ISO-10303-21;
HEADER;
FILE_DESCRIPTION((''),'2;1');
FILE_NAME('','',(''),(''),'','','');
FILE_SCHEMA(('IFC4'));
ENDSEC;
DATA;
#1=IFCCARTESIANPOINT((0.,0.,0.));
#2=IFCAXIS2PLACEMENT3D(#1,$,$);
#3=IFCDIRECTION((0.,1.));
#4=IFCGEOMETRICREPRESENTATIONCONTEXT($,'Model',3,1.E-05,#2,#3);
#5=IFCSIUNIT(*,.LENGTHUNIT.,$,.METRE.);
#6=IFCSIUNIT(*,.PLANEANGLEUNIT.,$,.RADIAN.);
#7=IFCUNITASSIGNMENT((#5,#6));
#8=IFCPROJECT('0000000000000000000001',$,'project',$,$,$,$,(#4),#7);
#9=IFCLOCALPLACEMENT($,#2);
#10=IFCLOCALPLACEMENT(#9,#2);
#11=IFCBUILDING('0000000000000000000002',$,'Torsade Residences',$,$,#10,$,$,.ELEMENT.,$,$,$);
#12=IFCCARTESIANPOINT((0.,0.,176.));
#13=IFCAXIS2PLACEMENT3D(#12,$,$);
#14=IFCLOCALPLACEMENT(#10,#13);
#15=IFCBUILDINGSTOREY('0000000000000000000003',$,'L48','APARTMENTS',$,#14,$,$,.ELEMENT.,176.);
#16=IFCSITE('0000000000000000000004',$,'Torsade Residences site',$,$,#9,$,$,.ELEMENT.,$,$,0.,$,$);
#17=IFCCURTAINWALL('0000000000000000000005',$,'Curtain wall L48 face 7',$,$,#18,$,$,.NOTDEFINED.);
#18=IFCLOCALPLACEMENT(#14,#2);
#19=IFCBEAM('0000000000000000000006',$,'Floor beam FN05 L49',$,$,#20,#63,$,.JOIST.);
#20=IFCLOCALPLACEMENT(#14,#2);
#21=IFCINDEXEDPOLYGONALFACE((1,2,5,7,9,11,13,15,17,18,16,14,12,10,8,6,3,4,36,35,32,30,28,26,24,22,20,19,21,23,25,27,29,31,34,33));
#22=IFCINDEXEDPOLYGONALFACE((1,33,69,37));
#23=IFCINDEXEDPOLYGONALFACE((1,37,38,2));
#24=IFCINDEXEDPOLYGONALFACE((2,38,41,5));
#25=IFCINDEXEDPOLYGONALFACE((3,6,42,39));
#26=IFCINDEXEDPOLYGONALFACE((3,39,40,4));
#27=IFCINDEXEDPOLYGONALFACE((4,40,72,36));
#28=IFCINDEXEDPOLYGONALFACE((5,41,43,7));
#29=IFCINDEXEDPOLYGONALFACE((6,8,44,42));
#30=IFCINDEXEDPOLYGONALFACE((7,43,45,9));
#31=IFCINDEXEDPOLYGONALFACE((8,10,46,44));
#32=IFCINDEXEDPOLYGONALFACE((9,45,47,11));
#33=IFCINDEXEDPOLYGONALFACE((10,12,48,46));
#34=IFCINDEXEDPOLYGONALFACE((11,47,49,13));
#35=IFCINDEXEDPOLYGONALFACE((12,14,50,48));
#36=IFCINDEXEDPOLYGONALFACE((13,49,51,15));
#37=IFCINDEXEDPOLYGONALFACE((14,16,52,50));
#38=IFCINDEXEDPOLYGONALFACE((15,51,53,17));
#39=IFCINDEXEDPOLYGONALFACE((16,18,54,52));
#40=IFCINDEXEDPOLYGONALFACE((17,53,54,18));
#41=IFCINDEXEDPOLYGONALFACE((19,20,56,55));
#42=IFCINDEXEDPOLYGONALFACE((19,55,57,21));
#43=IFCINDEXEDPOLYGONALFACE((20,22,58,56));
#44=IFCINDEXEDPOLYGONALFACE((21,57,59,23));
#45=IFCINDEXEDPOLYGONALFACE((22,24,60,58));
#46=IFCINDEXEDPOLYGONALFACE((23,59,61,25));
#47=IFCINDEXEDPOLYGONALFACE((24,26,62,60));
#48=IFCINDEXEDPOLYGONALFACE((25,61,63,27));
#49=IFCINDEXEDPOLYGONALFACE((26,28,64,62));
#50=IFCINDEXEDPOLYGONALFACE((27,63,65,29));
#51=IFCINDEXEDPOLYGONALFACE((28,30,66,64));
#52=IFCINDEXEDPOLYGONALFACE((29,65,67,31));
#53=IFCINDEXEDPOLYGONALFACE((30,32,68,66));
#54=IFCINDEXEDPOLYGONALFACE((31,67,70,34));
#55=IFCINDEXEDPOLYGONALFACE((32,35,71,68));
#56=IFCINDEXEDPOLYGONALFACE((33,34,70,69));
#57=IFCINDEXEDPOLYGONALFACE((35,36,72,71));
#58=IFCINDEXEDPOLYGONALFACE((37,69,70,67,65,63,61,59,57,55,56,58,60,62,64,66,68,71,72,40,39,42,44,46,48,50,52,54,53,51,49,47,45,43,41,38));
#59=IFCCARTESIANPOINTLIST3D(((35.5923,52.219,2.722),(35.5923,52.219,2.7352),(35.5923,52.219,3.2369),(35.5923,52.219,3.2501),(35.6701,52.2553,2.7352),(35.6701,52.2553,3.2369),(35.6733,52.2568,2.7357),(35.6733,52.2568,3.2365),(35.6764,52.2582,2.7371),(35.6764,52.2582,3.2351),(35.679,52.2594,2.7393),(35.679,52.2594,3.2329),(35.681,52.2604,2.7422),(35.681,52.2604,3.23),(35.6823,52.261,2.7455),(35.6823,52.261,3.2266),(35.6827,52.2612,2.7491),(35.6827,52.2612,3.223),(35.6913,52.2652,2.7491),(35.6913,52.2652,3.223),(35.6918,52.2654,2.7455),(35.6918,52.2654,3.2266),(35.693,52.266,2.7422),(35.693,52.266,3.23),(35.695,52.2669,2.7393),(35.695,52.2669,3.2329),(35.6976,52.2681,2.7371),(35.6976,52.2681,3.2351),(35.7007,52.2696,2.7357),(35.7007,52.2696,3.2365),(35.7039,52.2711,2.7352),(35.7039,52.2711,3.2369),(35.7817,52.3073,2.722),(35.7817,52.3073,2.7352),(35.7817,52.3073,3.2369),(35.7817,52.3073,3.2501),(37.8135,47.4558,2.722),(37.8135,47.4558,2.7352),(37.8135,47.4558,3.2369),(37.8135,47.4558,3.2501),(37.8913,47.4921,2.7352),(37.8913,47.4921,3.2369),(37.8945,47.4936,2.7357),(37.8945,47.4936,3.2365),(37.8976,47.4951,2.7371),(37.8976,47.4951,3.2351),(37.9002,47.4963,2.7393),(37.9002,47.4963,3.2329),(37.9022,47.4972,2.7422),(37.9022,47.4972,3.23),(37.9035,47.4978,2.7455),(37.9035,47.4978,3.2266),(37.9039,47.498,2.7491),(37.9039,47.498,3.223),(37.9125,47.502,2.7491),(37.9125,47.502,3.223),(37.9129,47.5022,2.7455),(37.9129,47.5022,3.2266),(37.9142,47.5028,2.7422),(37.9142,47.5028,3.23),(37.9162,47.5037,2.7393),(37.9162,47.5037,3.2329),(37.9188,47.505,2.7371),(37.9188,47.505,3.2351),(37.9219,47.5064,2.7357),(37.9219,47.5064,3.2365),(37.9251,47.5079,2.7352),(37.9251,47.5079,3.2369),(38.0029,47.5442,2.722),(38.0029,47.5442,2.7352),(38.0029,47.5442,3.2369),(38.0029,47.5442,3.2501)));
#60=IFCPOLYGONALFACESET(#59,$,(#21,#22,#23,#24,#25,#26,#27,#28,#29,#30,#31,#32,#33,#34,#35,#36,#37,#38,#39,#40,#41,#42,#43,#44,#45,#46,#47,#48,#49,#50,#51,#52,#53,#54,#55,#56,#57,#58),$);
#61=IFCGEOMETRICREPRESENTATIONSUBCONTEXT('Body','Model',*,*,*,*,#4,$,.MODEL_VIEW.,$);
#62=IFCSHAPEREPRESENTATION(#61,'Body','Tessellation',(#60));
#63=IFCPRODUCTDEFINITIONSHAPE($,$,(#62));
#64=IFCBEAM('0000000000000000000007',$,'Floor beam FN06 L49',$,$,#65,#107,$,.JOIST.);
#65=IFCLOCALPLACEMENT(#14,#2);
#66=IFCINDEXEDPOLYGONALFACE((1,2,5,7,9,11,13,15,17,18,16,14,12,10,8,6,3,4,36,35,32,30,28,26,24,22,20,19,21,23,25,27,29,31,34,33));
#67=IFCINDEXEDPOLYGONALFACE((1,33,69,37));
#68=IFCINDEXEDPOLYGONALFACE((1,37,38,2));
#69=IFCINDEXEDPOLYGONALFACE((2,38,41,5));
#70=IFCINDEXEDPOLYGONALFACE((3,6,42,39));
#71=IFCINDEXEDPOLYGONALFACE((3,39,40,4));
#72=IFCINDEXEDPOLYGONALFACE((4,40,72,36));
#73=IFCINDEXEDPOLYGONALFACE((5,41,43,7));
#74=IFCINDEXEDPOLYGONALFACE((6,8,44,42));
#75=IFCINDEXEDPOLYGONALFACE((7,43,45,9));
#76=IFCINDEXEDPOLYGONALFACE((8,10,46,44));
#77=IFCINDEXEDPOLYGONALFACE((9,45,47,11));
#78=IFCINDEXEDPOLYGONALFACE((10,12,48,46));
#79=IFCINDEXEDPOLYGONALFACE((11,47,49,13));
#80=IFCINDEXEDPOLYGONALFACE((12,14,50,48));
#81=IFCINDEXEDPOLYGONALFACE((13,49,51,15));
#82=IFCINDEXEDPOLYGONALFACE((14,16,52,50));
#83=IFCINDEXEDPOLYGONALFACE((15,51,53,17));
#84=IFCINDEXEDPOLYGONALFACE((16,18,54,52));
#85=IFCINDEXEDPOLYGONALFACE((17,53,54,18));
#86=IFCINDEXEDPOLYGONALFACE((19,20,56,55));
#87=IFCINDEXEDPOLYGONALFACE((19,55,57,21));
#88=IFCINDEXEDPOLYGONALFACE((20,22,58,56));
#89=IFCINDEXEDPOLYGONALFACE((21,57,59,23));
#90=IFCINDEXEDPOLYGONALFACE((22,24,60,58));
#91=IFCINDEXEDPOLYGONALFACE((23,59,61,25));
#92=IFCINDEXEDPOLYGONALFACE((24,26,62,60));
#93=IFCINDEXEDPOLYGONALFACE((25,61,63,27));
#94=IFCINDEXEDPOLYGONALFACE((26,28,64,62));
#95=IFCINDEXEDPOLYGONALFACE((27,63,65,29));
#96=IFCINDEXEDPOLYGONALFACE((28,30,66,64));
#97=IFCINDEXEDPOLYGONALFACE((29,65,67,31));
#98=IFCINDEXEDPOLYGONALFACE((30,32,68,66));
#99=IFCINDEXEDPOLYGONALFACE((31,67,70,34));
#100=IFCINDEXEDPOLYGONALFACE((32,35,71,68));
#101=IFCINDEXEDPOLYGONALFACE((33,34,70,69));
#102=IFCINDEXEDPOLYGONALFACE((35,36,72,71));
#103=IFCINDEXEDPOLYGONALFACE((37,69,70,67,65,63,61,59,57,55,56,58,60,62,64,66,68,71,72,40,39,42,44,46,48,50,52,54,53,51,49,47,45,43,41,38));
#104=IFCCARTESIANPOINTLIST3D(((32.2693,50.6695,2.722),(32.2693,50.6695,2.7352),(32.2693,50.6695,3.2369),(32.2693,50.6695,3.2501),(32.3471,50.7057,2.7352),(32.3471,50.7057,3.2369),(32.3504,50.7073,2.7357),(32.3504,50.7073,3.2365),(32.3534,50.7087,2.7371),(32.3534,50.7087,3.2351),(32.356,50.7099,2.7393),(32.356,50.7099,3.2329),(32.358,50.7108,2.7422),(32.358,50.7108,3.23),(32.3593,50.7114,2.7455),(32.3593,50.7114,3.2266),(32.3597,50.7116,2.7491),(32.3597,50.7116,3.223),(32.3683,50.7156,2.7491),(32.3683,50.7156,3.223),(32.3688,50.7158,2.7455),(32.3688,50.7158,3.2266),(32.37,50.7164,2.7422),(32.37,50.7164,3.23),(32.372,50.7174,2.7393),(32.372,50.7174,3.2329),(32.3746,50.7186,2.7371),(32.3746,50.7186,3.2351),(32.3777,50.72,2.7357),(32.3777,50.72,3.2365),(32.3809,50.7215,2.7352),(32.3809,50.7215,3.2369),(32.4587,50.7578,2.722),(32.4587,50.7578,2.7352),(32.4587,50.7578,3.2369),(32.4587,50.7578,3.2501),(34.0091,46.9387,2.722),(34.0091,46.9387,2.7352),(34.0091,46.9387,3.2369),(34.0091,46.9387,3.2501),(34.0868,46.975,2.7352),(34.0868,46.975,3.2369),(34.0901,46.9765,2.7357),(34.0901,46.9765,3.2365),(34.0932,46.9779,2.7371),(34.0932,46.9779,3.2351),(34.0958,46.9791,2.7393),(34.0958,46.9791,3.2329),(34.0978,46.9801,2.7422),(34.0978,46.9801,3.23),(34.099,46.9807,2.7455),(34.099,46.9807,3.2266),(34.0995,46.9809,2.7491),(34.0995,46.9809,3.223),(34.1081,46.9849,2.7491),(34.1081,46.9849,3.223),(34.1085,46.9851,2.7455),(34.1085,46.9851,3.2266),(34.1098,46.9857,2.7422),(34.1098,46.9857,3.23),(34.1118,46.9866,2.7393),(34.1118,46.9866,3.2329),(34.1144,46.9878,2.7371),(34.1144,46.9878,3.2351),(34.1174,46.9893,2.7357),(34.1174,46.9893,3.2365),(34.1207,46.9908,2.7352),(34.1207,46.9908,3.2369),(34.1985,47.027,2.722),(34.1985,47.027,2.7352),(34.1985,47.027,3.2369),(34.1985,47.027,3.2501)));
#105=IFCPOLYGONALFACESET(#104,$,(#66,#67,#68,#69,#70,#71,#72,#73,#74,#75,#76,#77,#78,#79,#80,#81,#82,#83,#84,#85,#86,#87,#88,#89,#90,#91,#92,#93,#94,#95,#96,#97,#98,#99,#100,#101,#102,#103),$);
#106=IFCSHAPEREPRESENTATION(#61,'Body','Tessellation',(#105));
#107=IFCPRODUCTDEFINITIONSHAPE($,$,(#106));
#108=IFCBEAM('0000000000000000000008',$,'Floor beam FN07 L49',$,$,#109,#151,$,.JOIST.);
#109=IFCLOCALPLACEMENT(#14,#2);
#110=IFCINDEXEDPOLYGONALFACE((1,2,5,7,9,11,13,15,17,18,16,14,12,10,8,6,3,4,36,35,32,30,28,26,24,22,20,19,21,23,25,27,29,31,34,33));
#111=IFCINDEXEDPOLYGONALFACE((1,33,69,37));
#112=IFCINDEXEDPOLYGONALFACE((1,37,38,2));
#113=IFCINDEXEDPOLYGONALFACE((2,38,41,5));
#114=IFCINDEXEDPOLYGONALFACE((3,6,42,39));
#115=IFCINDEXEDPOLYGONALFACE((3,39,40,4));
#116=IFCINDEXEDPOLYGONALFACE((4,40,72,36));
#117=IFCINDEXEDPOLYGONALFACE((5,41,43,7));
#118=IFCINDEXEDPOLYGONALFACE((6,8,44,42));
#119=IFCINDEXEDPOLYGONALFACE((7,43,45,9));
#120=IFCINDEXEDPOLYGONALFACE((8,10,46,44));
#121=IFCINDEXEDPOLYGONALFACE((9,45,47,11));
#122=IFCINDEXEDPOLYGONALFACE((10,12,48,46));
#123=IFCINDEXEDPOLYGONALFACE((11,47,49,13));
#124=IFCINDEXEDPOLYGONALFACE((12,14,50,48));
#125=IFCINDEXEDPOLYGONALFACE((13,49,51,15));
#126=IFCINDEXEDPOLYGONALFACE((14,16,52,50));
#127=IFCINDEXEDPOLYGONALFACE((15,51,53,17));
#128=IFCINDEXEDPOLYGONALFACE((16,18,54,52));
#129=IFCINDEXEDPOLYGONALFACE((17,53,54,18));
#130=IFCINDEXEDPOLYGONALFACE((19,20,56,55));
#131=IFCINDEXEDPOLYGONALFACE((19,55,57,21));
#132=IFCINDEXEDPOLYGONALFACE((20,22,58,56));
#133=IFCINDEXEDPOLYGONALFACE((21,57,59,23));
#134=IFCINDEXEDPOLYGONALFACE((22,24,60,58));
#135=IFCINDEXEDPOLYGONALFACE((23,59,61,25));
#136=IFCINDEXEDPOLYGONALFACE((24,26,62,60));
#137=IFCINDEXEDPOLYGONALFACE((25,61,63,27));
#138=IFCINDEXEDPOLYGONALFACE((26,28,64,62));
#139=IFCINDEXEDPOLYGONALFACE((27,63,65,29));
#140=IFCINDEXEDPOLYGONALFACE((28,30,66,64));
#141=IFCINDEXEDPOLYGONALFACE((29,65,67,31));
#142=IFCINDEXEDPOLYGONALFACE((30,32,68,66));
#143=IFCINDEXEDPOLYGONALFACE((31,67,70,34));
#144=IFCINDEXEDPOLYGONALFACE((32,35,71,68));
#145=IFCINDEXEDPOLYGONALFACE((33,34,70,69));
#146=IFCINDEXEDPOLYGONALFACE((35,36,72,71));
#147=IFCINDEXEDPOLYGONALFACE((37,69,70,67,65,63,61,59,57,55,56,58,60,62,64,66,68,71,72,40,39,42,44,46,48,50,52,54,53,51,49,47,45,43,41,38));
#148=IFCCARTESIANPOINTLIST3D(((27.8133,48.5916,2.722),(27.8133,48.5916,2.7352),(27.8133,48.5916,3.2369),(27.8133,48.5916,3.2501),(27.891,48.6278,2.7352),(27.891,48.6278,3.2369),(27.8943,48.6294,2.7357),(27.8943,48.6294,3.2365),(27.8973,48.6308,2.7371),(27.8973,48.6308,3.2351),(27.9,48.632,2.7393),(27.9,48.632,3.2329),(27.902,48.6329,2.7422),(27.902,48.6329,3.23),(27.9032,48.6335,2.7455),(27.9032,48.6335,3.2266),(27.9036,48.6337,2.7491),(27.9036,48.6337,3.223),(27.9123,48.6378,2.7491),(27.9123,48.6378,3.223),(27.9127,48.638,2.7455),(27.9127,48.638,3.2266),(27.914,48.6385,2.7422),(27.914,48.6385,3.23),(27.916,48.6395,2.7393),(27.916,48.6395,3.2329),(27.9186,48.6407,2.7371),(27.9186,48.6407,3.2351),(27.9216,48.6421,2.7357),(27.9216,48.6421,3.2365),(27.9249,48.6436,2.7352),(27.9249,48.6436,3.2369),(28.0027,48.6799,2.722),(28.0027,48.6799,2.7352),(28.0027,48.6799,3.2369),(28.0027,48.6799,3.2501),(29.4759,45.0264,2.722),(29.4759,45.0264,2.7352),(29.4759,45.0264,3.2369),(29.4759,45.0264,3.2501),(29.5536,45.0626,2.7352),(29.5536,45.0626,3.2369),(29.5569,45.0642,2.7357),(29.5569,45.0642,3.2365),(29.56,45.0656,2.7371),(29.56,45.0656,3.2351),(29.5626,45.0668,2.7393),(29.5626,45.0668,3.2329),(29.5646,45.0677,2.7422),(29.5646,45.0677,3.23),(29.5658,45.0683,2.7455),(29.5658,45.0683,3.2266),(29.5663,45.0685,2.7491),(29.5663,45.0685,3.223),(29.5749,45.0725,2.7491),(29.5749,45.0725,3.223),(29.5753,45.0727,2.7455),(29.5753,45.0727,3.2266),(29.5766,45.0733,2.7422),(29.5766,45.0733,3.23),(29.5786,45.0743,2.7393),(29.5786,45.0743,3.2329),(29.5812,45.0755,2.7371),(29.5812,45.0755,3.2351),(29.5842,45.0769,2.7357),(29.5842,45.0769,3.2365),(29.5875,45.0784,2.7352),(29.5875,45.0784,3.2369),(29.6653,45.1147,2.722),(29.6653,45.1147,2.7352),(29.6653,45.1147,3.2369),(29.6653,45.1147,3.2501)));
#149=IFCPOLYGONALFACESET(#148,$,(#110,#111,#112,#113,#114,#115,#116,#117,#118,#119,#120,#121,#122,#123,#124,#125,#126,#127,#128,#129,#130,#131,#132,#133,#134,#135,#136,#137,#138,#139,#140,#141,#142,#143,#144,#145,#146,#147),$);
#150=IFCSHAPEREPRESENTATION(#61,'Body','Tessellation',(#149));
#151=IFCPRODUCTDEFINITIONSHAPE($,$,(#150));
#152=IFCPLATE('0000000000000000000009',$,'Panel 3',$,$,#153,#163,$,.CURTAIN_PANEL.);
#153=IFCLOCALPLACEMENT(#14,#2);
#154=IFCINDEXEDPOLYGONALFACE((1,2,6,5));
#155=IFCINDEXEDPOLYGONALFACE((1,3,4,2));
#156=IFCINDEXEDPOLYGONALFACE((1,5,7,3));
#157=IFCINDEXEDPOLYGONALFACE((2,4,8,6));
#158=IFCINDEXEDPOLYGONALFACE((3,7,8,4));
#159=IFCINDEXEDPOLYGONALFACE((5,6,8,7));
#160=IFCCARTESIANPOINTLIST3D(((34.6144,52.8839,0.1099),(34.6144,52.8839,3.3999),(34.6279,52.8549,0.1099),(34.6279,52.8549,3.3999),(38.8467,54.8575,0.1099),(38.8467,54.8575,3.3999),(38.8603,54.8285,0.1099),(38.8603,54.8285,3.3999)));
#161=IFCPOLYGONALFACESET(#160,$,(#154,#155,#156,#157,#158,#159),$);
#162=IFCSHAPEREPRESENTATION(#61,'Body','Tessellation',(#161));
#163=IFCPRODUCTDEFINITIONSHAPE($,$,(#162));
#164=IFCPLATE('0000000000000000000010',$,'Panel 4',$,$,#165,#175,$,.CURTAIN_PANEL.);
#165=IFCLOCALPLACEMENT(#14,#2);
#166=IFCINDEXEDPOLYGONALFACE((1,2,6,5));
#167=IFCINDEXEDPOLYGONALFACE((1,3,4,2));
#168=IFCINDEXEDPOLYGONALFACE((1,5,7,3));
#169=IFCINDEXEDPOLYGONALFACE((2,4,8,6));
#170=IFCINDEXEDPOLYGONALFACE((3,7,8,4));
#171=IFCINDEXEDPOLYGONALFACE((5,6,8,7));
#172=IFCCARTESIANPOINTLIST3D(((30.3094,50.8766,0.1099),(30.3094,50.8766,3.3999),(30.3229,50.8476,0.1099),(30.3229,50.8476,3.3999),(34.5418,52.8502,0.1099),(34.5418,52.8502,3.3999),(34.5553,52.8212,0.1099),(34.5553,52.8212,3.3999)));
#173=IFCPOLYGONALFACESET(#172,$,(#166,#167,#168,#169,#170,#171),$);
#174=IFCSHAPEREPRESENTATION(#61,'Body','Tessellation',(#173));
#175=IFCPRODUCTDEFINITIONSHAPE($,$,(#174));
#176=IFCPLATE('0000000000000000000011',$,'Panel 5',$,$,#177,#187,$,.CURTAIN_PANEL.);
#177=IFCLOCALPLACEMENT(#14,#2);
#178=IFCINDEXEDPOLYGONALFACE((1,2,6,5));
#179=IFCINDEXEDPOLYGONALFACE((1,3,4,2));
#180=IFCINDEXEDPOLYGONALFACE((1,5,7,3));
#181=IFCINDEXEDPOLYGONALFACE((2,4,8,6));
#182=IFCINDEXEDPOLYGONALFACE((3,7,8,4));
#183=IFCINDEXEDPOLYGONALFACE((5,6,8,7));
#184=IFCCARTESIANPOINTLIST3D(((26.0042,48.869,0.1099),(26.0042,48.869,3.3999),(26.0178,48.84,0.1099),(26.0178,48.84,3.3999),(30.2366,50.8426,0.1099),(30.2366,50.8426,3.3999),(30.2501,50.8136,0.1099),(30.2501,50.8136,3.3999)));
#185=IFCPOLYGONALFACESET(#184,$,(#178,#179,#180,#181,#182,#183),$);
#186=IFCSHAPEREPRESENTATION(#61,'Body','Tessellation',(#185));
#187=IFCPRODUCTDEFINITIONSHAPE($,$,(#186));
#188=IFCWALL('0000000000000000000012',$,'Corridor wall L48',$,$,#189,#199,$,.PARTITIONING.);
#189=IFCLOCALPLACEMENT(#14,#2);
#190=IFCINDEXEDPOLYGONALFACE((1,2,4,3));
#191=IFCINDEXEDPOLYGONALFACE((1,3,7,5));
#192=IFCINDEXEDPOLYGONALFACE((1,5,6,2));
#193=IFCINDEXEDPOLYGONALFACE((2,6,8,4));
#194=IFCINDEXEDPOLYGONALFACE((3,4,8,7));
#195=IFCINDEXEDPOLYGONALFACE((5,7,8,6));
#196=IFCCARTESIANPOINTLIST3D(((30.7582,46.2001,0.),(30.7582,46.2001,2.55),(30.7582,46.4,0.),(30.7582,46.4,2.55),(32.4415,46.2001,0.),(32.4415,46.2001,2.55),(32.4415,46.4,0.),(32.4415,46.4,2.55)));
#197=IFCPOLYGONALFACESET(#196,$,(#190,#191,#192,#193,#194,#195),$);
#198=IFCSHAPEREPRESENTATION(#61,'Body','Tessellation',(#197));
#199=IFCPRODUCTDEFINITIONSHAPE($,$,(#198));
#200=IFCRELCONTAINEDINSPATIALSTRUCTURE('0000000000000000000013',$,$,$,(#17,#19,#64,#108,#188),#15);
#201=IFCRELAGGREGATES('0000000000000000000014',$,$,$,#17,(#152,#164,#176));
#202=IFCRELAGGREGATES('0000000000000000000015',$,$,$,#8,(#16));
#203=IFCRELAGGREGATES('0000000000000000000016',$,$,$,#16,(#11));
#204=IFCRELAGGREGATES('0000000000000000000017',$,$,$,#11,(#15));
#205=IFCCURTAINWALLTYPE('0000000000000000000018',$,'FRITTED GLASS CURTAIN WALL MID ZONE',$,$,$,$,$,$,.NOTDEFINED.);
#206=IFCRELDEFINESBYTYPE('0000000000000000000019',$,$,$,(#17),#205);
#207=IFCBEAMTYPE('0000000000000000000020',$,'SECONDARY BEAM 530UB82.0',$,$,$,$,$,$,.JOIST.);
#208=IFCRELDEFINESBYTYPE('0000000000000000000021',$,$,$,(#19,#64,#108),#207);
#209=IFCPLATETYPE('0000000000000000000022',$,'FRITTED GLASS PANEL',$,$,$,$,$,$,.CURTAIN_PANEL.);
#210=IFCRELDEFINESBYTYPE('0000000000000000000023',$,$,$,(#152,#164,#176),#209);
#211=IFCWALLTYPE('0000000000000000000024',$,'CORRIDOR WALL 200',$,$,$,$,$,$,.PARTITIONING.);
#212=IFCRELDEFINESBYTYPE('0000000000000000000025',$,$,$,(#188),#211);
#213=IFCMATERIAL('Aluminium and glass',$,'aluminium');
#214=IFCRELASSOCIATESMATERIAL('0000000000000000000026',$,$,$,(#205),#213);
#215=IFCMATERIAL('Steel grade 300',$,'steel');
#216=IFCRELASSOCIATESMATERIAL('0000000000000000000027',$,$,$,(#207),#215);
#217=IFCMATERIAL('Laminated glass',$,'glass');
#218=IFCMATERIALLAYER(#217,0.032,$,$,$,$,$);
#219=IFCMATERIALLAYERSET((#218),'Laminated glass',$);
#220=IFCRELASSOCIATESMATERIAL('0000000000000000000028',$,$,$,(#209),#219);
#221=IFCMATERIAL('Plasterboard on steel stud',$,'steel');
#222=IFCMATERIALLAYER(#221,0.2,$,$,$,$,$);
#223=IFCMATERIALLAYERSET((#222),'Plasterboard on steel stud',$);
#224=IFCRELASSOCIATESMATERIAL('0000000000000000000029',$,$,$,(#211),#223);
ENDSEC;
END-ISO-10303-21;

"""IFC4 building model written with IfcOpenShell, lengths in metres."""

from ifc_helpers import new_model, si_unit, direction, frame, frame_2d, origin, origin_2d, place, context, subcontext, project, spatial, rectangle, i_section, extrude, material, layer, layer_set, material_profile, profile_set, type_object, element, aggregate, save


model = new_model("IFC4")

# Units and contexts
model_context = context("Model", 3, precision=1e-05, world=origin(), true_north=direction((0.0, 1.0)))
body_context = subcontext(model_context, "Body", "Model", "MODEL_VIEW")
ifc_project = project(units=[si_unit("LENGTHUNIT", "METRE"), si_unit("PLANEANGLEUNIT", "RADIAN")], contexts=[model_context])

# Site, building, storey
site_placement = place(None, origin())
site = spatial("IfcSite", under=ifc_project, at=site_placement, Name="Torsade Residences site", CompositionType="ELEMENT", RefElevation=0.0)
building_placement = place(site_placement, origin())
building = spatial("IfcBuilding", under=site, at=building_placement, Name="Torsade Residences", CompositionType="ELEMENT")
storey_placement = place(building_placement, frame((0.0, 0.0, 176.0)))
storey = spatial("IfcBuildingStorey", under=building, at=storey_placement, Name="L48", Description="APARTMENTS", CompositionType="ELEMENT", Elevation=176.0)

# Curtain wall
ifc_material_1 = material(Name="Aluminium and glass", Category="aluminium")
curtain_wall_type = type_object("IfcCurtainWallType", Name="FRITTED GLASS CURTAIN WALL MID ZONE", PredefinedType="NOTDEFINED", material=ifc_material_1)
curtain_wall_placement = place(storey_placement, origin())
curtain_wall = element("IfcCurtainWall", 1, at=curtain_wall_placement, inside=storey, type_object=curtain_wall_type, Name="Curtain wall L48 face 7", PredefinedType="NOTDEFINED")

# Beams
ifc_material_2 = material(Name="Steel grade 300", Category="steel")
ifc_material_profile_1 = material_profile(ifc_material_2, i_section(OverallWidth=0.209, OverallDepth=0.5281, WebThickness=0.0095, FlangeThickness=0.0132, FilletRadius=0.0139, at=origin_2d()), Name="530UB82.0")
ifc_profile_set_1 = profile_set([ifc_material_profile_1], Name="Steel grade 300")
beam_type_1 = type_object("IfcBeamType", Name="SECONDARY BEAM 530UB82.0", PredefinedType="JOIST", material=ifc_profile_set_1)
beam_1_placement = place(storey_placement, frame((35.687, 52.2632, 2.9861), z_axis=(0.422631, -0.906302, 0.0), x_axis=(0.906302, 0.422631, 0.0)))
element("IfcBeam", 2, at=beam_1_placement, inside=storey, type_object=beam_type_1, Name="Floor beam FN05 L49", PredefinedType="JOIST", context=body_context, shape_type="SweptSolid", body=[
    extrude(i_section(OverallWidth=0.209, OverallDepth=0.5281, WebThickness=0.0095, FlangeThickness=0.0132, FilletRadius=0.0139, at=origin_2d()), origin(), (0.0, 0.0, 1.0), 5.2556),
])
beam_2_placement = place(storey_placement, frame((32.364, 50.7136, 2.9861), z_axis=(0.422635, -0.9063, 0.0), x_axis=(0.9063, 0.422635, 0.0)))
element("IfcBeam", 3, at=beam_2_placement, inside=storey, type_object=beam_type_1, Name="Floor beam FN06 L49", PredefinedType="JOIST", context=body_context, shape_type="SweptSolid", body=[
    extrude(i_section(OverallWidth=0.209, OverallDepth=0.5281, WebThickness=0.0095, FlangeThickness=0.0132, FilletRadius=0.0139, at=origin_2d()), origin(), (0.0, 0.0, 1.0), 4.1165),
])
beam_3_placement = place(storey_placement, frame((27.908, 48.6357, 2.9861), z_axis=(0.422644, -0.906296, 0.0), x_axis=(0.906296, 0.422644, 0.0)))
element("IfcBeam", 4, at=beam_3_placement, inside=storey, type_object=beam_type_1, Name="Floor beam FN07 L49", PredefinedType="JOIST", context=body_context, shape_type="SweptSolid", body=[
    extrude(i_section(OverallWidth=0.209, OverallDepth=0.5281, WebThickness=0.0095, FlangeThickness=0.0132, FilletRadius=0.0139, at=origin_2d()), origin(), (0.0, 0.0, 1.0), 3.9338),
])

# Plates
ifc_material_3 = material(Name="Laminated glass", Category="glass")
ifc_layer_1 = layer(ifc_material_3, 0.032)
ifc_layer_set_1 = layer_set([ifc_layer_1], Name="Laminated glass")
plate_type = type_object("IfcPlateType", Name="FRITTED GLASS PANEL", PredefinedType="CURTAIN_PANEL", material=ifc_layer_set_1)
plate_1_placement = place(storey_placement, frame((36.7373, 53.8562, 0.1099), z_axis=(0.0, 0.0, 1.0), x_axis=(-0.906308, -0.422618, 0.0)))
plate_1 = element("IfcPlate", 5, at=plate_1_placement, type_object=plate_type, Name="Panel 3", PredefinedType="CURTAIN_PANEL", context=body_context, shape_type="SweptSolid", body=[
    extrude(rectangle(XDim=4.6699, YDim=0.032, at=origin_2d()), origin(), (0.0, 0.0, 1.0), 3.29),
])
plate_2_placement = place(storey_placement, frame((32.4324, 51.8489, 0.1099), z_axis=(0.0, 0.0, 1.0), x_axis=(-0.906308, -0.422618, 0.0)))
plate_2 = element("IfcPlate", 6, at=plate_2_placement, type_object=plate_type, Name="Panel 4", PredefinedType="CURTAIN_PANEL", context=body_context, shape_type="SweptSolid", body=[
    extrude(rectangle(XDim=4.6699, YDim=0.032, at=origin_2d()), origin(), (0.0, 0.0, 1.0), 3.29),
])
plate_3_placement = place(storey_placement, frame((28.1272, 49.8413, 0.1099), z_axis=(0.0, 0.0, 1.0), x_axis=(-0.906308, -0.422618, 0.0)))
plate_3 = element("IfcPlate", 7, at=plate_3_placement, type_object=plate_type, Name="Panel 5", PredefinedType="CURTAIN_PANEL", context=body_context, shape_type="SweptSolid", body=[
    extrude(rectangle(XDim=4.6699, YDim=0.032, at=origin_2d()), origin(), (0.0, 0.0, 1.0), 3.29),
])
aggregate(curtain_wall, [plate_1, plate_2, plate_3])

# Wall
ifc_material_4 = material(Name="Plasterboard on steel stud", Category="steel")
ifc_layer_2 = layer(ifc_material_4, 0.2)
ifc_layer_set_2 = layer_set([ifc_layer_2], Name="Plasterboard on steel stud")
wall_type_1 = type_object("IfcWallType", Name="CORRIDOR WALL 200", PredefinedType="PARTITIONING", material=ifc_layer_set_2)
wall_1_placement = place(storey_placement, frame((32.4417, 46.3, 0.0), z_axis=(0.0, 0.0, 1.0), x_axis=(-1.0, 0.0, 0.0)))
element("IfcWall", 8, at=wall_1_placement, inside=storey, type_object=wall_type_1, Name="Corridor wall L48", PredefinedType="PARTITIONING", context=body_context, shape_type="SweptSolid", body=[
    extrude(rectangle(XDim=1.6833, YDim=0.2, at=frame_2d((0.8418, 0.0))), origin(), (0.0, 0.0, 1.0), 2.55),
])

save(model, "model.ifc")
